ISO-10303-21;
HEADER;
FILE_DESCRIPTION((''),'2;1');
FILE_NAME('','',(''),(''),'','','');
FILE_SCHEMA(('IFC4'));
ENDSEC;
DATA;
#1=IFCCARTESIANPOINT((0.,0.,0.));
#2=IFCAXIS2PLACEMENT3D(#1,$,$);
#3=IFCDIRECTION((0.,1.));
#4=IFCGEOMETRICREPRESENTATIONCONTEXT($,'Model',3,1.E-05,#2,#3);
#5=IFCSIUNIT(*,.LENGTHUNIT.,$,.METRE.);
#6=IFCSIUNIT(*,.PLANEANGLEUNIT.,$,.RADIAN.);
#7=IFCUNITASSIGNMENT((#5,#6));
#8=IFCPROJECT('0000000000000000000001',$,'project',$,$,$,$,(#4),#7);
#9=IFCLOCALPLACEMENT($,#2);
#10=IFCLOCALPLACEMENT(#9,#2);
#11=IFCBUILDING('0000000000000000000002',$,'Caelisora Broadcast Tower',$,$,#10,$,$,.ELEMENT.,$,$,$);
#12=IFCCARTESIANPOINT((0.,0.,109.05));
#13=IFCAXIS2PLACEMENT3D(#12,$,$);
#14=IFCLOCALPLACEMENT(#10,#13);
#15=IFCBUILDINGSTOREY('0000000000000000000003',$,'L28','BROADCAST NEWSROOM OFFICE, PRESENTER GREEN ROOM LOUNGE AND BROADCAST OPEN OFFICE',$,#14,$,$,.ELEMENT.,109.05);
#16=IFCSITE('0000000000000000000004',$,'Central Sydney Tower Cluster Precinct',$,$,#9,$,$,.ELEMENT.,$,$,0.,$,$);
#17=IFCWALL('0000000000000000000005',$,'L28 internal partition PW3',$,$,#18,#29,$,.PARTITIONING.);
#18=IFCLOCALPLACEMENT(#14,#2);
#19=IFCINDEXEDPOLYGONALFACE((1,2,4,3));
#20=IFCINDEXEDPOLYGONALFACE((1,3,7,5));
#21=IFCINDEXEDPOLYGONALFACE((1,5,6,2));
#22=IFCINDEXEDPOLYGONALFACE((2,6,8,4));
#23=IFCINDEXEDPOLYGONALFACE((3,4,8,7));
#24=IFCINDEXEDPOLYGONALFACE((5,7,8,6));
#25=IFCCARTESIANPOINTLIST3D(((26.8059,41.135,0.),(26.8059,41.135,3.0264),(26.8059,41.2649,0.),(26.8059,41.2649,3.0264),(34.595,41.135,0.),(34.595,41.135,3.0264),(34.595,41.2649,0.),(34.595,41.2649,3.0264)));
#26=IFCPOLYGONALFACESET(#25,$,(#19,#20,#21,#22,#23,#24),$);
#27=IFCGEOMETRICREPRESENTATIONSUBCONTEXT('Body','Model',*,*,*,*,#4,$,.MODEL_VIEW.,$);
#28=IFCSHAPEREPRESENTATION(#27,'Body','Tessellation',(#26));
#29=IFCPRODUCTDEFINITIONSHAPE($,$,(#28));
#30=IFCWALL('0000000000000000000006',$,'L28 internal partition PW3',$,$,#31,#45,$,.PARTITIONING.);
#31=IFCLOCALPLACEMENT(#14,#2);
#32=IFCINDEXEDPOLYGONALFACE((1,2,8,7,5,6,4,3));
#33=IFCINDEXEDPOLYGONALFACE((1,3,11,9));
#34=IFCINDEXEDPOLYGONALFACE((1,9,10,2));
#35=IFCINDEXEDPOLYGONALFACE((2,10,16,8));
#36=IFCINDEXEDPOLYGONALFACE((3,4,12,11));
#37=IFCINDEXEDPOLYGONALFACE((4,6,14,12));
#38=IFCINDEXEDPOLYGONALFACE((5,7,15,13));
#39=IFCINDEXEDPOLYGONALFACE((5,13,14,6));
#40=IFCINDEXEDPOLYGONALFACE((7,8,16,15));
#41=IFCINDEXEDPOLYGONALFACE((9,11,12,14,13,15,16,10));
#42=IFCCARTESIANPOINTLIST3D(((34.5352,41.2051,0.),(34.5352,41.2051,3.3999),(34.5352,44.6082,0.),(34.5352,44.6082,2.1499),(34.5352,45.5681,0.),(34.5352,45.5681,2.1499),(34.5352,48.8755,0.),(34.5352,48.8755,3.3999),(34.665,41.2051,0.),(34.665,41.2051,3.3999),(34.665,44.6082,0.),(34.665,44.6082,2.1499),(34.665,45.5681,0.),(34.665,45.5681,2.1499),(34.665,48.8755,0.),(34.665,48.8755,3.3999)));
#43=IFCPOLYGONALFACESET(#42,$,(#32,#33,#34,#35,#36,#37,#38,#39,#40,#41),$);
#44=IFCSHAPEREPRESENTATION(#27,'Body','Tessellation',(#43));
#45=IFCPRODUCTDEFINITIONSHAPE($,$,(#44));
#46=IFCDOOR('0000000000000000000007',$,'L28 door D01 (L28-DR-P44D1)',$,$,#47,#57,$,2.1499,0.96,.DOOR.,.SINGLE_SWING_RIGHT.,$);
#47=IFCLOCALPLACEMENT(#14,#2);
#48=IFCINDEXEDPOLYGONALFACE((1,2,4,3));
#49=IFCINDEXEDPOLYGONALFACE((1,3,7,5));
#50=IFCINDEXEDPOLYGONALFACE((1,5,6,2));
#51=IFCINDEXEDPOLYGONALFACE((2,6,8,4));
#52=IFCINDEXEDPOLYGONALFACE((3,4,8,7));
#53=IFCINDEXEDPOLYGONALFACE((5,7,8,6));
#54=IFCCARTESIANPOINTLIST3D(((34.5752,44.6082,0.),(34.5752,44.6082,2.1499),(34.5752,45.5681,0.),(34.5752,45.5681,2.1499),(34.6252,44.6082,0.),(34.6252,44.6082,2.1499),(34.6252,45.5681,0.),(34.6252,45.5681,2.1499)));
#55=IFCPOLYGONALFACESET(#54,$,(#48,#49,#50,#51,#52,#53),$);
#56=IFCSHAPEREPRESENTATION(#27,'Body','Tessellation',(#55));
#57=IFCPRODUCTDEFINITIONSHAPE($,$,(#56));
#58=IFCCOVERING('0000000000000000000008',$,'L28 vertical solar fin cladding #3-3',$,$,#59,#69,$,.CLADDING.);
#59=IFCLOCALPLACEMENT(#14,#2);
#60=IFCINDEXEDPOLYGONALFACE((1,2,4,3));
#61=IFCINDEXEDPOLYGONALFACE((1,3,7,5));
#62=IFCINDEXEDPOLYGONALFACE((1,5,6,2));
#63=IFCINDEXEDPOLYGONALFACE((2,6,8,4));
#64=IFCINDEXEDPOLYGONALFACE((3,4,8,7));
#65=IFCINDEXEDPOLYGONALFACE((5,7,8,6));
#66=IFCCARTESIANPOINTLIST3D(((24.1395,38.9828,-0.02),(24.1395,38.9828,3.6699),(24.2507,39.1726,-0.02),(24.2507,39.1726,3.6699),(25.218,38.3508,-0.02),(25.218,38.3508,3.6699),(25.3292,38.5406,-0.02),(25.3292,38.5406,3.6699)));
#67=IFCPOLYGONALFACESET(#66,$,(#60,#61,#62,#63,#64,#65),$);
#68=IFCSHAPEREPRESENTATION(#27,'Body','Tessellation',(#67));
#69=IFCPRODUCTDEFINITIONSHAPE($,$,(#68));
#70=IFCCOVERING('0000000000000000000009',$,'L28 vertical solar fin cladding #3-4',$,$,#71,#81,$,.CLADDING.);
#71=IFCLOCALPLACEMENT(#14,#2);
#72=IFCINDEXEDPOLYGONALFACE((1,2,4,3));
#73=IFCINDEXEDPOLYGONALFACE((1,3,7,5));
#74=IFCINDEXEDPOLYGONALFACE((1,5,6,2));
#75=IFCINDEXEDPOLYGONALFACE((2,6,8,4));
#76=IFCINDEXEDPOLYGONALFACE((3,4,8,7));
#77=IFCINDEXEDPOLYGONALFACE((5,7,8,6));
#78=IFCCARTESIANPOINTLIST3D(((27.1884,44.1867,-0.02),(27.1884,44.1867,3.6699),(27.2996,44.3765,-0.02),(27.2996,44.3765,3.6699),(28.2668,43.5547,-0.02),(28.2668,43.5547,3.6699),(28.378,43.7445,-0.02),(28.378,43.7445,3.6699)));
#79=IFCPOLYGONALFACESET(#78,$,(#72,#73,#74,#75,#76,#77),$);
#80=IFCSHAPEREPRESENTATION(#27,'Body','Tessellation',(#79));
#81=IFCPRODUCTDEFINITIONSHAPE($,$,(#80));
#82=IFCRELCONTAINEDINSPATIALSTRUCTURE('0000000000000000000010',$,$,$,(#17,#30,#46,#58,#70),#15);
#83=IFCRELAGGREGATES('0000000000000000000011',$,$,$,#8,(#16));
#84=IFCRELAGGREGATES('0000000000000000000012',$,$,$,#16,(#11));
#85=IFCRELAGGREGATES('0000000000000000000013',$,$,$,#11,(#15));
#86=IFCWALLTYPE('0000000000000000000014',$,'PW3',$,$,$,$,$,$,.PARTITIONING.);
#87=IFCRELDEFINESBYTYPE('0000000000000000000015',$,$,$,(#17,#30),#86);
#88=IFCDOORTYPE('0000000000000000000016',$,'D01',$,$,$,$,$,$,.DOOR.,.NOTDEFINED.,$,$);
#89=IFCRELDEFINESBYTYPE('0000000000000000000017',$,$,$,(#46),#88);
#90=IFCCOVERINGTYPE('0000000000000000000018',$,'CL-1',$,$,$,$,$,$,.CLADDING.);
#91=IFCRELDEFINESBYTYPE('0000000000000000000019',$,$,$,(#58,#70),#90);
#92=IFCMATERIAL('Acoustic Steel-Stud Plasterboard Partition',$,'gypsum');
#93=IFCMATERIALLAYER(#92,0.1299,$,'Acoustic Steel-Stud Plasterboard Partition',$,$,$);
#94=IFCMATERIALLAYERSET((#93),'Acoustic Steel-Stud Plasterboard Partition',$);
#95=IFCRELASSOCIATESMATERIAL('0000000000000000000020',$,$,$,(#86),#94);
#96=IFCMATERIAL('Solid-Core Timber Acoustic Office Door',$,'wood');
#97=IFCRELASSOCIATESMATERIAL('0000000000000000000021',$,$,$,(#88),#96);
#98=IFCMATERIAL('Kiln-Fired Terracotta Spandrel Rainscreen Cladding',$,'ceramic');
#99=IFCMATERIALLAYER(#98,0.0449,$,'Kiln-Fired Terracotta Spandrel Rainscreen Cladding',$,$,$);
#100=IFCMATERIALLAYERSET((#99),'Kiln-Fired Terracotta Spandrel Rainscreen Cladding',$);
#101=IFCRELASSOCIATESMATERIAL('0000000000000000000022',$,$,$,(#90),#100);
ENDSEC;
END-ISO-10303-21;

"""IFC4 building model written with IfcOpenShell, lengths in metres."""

from ifc_helpers import new_model, si_unit, direction, frame, frame_2d, origin, origin_2d, place, context, subcontext, project, spatial, rectangle, extrude, source, transform, mapped, material, layer, layer_set, type_object, type_shapes, element, fill, save


model = new_model("IFC4")

# Units and contexts
model_context = context("Model", 3, precision=1e-05, world=origin(), true_north=direction((0.0, 1.0)))
body_context = subcontext(model_context, "Body", "Model", "MODEL_VIEW")
ifc_project = project(units=[si_unit("LENGTHUNIT", "METRE"), si_unit("PLANEANGLEUNIT", "RADIAN")], contexts=[model_context])

# Site, building, storey
site_placement = place(None, origin())
site = spatial("IfcSite", under=ifc_project, at=site_placement, Name="Central Sydney Tower Cluster Precinct", CompositionType="ELEMENT", RefElevation=0.0)
building_placement = place(site_placement, origin())
building = spatial("IfcBuilding", under=site, at=building_placement, Name="Caelisora Broadcast Tower", CompositionType="ELEMENT")
storey_placement = place(building_placement, frame((0.0, 0.0, 109.05)))
storey = spatial("IfcBuildingStorey", under=building, at=storey_placement, Name="L28", Description="BROADCAST NEWSROOM OFFICE, PRESENTER GREEN ROOM LOUNGE AND BROADCAST OPEN OFFICE", CompositionType="ELEMENT", Elevation=109.05)

# Wall
ifc_material_1 = material(Name="Acoustic Steel-Stud Plasterboard Partition", Category="gypsum")
ifc_layer_1 = layer(ifc_material_1, 0.1299, Name="Acoustic Steel-Stud Plasterboard Partition")
ifc_layer_set_1 = layer_set([ifc_layer_1], Name="Acoustic Steel-Stud Plasterboard Partition")
wall_type_1 = type_object("IfcWallType", Name="PW3", PredefinedType="PARTITIONING", material=ifc_layer_set_1)
wall_1_placement = place(storey_placement, frame((26.8059, 41.2, 0.0), z_axis=(0.0, 0.0, 1.0), x_axis=(1.0, 0.0, 0.0)))
element("IfcWall", 1, at=wall_1_placement, inside=storey, type_object=wall_type_1, Name="L28 internal partition PW3", PredefinedType="PARTITIONING", context=body_context, shape_type="SweptSolid", body=[
    extrude(rectangle(XDim=7.7891, YDim=0.1299, at=frame_2d((3.8945, 0.0))), origin(), (0.0, 0.0, 1.0), 3.0264),
])

# Wall, opening, door
wall_2_placement = place(storey_placement, frame((34.6001, 41.2051, 0.0), z_axis=(0.0, 0.0, 1.0), x_axis=(0.0, 1.0, 0.0)))
wall_2 = element("IfcWall", 2, at=wall_2_placement, inside=storey, type_object=wall_type_1, Name="L28 internal partition PW3", PredefinedType="PARTITIONING", context=body_context, shape_type="SweptSolid", body=[
    extrude(rectangle(XDim=7.6704, YDim=0.1299, at=frame_2d((3.8352, 0.0))), origin(), (0.0, 0.0, 1.0), 3.3999),
])
opening_1_placement = place(wall_2_placement, frame((3.4031, 0.0, 0.0)))
opening_1 = element("IfcOpeningElement", 3, at=opening_1_placement, cuts=wall_2, PredefinedType="OPENING", context=body_context, shape_type="SweptSolid", body=[
    extrude(rectangle(XDim=0.96, YDim=2.1499, at=frame_2d((0.48, 1.075))), frame((0.0, 0.0769, 0.0), z_axis=(0.0, -1.0, 0.0), x_axis=(1.0, 0.0, 0.0)), (0.0, 0.0, 1.0), 0.1538),
])
ifc_material_2 = material(Name="Solid-Core Timber Acoustic Office Door", Category="wood")
door_type = type_object("IfcDoorType", Name="D01", OperationType="NOTDEFINED", PredefinedType="DOOR", material=ifc_material_2)
door_placement = place(opening_1_placement, origin())
door = element("IfcDoor", 4, at=door_placement, inside=storey, type_object=door_type, Name="L28 door D01 (L28-DR-P44D1)", OperationType="SINGLE_SWING_RIGHT", OverallHeight=2.1499, OverallWidth=0.96, PredefinedType="DOOR", context=body_context, shape_type="SweptSolid", body=[
    extrude(rectangle(XDim=0.96, YDim=2.1499, at=frame_2d((0.48, 1.075))), frame((0.0, 0.0249, 0.0), z_axis=(0.0, -1.0, 0.0), x_axis=(1.0, 0.0, 0.0)), (0.0, 0.0, 1.0), 0.05),
])
fill(opening_1, door)

# Coverings
ifc_material_3 = material(Name="Kiln-Fired Terracotta Spandrel Rainscreen Cladding", Category="ceramic")
ifc_layer_2 = layer(ifc_material_3, 0.0449, Name="Kiln-Fired Terracotta Spandrel Rainscreen Cladding")
ifc_layer_set_2 = layer_set([ifc_layer_2], Name="Kiln-Fired Terracotta Spandrel Rainscreen Cladding")
covering_type = type_object("IfcCoveringType", Name="CL-1", PredefinedType="CLADDING", material=ifc_layer_set_2)
shared_shape_1 = source(origin(), body_context, "Body", "SweptSolid", [
    extrude(rectangle(XDim=0.22, YDim=1.25, at=origin_2d()), origin(), (0.0, 0.0, 1.0), 3.6899),
])
type_shapes(covering_type, [shared_shape_1])
for number, where, z_axis, x_axis, name in (
    (5, (24.7344, 38.7617, -0.02), (0.0, 0.0, 1.0), (0.505582, 0.862779, 0.0), "L28 vertical solar fin cladding #3-3"),
    (6, (27.7832, 43.9656, -0.02), (0.0, 0.0, 1.0), (0.505582, 0.862779, 0.0), "L28 vertical solar fin cladding #3-4"),
):
    element("IfcCovering", number, at=place(storey_placement, frame(where, z_axis=z_axis, x_axis=x_axis)), inside=storey, type_object=covering_type, Name=name, PredefinedType="CLADDING", context=body_context, shape_type="MappedRepresentation", body=[
        mapped(shared_shape_1, transform((0.0, 0.0, 0.0), scale=1.0)),
    ])

save(model, "model.ifc")
